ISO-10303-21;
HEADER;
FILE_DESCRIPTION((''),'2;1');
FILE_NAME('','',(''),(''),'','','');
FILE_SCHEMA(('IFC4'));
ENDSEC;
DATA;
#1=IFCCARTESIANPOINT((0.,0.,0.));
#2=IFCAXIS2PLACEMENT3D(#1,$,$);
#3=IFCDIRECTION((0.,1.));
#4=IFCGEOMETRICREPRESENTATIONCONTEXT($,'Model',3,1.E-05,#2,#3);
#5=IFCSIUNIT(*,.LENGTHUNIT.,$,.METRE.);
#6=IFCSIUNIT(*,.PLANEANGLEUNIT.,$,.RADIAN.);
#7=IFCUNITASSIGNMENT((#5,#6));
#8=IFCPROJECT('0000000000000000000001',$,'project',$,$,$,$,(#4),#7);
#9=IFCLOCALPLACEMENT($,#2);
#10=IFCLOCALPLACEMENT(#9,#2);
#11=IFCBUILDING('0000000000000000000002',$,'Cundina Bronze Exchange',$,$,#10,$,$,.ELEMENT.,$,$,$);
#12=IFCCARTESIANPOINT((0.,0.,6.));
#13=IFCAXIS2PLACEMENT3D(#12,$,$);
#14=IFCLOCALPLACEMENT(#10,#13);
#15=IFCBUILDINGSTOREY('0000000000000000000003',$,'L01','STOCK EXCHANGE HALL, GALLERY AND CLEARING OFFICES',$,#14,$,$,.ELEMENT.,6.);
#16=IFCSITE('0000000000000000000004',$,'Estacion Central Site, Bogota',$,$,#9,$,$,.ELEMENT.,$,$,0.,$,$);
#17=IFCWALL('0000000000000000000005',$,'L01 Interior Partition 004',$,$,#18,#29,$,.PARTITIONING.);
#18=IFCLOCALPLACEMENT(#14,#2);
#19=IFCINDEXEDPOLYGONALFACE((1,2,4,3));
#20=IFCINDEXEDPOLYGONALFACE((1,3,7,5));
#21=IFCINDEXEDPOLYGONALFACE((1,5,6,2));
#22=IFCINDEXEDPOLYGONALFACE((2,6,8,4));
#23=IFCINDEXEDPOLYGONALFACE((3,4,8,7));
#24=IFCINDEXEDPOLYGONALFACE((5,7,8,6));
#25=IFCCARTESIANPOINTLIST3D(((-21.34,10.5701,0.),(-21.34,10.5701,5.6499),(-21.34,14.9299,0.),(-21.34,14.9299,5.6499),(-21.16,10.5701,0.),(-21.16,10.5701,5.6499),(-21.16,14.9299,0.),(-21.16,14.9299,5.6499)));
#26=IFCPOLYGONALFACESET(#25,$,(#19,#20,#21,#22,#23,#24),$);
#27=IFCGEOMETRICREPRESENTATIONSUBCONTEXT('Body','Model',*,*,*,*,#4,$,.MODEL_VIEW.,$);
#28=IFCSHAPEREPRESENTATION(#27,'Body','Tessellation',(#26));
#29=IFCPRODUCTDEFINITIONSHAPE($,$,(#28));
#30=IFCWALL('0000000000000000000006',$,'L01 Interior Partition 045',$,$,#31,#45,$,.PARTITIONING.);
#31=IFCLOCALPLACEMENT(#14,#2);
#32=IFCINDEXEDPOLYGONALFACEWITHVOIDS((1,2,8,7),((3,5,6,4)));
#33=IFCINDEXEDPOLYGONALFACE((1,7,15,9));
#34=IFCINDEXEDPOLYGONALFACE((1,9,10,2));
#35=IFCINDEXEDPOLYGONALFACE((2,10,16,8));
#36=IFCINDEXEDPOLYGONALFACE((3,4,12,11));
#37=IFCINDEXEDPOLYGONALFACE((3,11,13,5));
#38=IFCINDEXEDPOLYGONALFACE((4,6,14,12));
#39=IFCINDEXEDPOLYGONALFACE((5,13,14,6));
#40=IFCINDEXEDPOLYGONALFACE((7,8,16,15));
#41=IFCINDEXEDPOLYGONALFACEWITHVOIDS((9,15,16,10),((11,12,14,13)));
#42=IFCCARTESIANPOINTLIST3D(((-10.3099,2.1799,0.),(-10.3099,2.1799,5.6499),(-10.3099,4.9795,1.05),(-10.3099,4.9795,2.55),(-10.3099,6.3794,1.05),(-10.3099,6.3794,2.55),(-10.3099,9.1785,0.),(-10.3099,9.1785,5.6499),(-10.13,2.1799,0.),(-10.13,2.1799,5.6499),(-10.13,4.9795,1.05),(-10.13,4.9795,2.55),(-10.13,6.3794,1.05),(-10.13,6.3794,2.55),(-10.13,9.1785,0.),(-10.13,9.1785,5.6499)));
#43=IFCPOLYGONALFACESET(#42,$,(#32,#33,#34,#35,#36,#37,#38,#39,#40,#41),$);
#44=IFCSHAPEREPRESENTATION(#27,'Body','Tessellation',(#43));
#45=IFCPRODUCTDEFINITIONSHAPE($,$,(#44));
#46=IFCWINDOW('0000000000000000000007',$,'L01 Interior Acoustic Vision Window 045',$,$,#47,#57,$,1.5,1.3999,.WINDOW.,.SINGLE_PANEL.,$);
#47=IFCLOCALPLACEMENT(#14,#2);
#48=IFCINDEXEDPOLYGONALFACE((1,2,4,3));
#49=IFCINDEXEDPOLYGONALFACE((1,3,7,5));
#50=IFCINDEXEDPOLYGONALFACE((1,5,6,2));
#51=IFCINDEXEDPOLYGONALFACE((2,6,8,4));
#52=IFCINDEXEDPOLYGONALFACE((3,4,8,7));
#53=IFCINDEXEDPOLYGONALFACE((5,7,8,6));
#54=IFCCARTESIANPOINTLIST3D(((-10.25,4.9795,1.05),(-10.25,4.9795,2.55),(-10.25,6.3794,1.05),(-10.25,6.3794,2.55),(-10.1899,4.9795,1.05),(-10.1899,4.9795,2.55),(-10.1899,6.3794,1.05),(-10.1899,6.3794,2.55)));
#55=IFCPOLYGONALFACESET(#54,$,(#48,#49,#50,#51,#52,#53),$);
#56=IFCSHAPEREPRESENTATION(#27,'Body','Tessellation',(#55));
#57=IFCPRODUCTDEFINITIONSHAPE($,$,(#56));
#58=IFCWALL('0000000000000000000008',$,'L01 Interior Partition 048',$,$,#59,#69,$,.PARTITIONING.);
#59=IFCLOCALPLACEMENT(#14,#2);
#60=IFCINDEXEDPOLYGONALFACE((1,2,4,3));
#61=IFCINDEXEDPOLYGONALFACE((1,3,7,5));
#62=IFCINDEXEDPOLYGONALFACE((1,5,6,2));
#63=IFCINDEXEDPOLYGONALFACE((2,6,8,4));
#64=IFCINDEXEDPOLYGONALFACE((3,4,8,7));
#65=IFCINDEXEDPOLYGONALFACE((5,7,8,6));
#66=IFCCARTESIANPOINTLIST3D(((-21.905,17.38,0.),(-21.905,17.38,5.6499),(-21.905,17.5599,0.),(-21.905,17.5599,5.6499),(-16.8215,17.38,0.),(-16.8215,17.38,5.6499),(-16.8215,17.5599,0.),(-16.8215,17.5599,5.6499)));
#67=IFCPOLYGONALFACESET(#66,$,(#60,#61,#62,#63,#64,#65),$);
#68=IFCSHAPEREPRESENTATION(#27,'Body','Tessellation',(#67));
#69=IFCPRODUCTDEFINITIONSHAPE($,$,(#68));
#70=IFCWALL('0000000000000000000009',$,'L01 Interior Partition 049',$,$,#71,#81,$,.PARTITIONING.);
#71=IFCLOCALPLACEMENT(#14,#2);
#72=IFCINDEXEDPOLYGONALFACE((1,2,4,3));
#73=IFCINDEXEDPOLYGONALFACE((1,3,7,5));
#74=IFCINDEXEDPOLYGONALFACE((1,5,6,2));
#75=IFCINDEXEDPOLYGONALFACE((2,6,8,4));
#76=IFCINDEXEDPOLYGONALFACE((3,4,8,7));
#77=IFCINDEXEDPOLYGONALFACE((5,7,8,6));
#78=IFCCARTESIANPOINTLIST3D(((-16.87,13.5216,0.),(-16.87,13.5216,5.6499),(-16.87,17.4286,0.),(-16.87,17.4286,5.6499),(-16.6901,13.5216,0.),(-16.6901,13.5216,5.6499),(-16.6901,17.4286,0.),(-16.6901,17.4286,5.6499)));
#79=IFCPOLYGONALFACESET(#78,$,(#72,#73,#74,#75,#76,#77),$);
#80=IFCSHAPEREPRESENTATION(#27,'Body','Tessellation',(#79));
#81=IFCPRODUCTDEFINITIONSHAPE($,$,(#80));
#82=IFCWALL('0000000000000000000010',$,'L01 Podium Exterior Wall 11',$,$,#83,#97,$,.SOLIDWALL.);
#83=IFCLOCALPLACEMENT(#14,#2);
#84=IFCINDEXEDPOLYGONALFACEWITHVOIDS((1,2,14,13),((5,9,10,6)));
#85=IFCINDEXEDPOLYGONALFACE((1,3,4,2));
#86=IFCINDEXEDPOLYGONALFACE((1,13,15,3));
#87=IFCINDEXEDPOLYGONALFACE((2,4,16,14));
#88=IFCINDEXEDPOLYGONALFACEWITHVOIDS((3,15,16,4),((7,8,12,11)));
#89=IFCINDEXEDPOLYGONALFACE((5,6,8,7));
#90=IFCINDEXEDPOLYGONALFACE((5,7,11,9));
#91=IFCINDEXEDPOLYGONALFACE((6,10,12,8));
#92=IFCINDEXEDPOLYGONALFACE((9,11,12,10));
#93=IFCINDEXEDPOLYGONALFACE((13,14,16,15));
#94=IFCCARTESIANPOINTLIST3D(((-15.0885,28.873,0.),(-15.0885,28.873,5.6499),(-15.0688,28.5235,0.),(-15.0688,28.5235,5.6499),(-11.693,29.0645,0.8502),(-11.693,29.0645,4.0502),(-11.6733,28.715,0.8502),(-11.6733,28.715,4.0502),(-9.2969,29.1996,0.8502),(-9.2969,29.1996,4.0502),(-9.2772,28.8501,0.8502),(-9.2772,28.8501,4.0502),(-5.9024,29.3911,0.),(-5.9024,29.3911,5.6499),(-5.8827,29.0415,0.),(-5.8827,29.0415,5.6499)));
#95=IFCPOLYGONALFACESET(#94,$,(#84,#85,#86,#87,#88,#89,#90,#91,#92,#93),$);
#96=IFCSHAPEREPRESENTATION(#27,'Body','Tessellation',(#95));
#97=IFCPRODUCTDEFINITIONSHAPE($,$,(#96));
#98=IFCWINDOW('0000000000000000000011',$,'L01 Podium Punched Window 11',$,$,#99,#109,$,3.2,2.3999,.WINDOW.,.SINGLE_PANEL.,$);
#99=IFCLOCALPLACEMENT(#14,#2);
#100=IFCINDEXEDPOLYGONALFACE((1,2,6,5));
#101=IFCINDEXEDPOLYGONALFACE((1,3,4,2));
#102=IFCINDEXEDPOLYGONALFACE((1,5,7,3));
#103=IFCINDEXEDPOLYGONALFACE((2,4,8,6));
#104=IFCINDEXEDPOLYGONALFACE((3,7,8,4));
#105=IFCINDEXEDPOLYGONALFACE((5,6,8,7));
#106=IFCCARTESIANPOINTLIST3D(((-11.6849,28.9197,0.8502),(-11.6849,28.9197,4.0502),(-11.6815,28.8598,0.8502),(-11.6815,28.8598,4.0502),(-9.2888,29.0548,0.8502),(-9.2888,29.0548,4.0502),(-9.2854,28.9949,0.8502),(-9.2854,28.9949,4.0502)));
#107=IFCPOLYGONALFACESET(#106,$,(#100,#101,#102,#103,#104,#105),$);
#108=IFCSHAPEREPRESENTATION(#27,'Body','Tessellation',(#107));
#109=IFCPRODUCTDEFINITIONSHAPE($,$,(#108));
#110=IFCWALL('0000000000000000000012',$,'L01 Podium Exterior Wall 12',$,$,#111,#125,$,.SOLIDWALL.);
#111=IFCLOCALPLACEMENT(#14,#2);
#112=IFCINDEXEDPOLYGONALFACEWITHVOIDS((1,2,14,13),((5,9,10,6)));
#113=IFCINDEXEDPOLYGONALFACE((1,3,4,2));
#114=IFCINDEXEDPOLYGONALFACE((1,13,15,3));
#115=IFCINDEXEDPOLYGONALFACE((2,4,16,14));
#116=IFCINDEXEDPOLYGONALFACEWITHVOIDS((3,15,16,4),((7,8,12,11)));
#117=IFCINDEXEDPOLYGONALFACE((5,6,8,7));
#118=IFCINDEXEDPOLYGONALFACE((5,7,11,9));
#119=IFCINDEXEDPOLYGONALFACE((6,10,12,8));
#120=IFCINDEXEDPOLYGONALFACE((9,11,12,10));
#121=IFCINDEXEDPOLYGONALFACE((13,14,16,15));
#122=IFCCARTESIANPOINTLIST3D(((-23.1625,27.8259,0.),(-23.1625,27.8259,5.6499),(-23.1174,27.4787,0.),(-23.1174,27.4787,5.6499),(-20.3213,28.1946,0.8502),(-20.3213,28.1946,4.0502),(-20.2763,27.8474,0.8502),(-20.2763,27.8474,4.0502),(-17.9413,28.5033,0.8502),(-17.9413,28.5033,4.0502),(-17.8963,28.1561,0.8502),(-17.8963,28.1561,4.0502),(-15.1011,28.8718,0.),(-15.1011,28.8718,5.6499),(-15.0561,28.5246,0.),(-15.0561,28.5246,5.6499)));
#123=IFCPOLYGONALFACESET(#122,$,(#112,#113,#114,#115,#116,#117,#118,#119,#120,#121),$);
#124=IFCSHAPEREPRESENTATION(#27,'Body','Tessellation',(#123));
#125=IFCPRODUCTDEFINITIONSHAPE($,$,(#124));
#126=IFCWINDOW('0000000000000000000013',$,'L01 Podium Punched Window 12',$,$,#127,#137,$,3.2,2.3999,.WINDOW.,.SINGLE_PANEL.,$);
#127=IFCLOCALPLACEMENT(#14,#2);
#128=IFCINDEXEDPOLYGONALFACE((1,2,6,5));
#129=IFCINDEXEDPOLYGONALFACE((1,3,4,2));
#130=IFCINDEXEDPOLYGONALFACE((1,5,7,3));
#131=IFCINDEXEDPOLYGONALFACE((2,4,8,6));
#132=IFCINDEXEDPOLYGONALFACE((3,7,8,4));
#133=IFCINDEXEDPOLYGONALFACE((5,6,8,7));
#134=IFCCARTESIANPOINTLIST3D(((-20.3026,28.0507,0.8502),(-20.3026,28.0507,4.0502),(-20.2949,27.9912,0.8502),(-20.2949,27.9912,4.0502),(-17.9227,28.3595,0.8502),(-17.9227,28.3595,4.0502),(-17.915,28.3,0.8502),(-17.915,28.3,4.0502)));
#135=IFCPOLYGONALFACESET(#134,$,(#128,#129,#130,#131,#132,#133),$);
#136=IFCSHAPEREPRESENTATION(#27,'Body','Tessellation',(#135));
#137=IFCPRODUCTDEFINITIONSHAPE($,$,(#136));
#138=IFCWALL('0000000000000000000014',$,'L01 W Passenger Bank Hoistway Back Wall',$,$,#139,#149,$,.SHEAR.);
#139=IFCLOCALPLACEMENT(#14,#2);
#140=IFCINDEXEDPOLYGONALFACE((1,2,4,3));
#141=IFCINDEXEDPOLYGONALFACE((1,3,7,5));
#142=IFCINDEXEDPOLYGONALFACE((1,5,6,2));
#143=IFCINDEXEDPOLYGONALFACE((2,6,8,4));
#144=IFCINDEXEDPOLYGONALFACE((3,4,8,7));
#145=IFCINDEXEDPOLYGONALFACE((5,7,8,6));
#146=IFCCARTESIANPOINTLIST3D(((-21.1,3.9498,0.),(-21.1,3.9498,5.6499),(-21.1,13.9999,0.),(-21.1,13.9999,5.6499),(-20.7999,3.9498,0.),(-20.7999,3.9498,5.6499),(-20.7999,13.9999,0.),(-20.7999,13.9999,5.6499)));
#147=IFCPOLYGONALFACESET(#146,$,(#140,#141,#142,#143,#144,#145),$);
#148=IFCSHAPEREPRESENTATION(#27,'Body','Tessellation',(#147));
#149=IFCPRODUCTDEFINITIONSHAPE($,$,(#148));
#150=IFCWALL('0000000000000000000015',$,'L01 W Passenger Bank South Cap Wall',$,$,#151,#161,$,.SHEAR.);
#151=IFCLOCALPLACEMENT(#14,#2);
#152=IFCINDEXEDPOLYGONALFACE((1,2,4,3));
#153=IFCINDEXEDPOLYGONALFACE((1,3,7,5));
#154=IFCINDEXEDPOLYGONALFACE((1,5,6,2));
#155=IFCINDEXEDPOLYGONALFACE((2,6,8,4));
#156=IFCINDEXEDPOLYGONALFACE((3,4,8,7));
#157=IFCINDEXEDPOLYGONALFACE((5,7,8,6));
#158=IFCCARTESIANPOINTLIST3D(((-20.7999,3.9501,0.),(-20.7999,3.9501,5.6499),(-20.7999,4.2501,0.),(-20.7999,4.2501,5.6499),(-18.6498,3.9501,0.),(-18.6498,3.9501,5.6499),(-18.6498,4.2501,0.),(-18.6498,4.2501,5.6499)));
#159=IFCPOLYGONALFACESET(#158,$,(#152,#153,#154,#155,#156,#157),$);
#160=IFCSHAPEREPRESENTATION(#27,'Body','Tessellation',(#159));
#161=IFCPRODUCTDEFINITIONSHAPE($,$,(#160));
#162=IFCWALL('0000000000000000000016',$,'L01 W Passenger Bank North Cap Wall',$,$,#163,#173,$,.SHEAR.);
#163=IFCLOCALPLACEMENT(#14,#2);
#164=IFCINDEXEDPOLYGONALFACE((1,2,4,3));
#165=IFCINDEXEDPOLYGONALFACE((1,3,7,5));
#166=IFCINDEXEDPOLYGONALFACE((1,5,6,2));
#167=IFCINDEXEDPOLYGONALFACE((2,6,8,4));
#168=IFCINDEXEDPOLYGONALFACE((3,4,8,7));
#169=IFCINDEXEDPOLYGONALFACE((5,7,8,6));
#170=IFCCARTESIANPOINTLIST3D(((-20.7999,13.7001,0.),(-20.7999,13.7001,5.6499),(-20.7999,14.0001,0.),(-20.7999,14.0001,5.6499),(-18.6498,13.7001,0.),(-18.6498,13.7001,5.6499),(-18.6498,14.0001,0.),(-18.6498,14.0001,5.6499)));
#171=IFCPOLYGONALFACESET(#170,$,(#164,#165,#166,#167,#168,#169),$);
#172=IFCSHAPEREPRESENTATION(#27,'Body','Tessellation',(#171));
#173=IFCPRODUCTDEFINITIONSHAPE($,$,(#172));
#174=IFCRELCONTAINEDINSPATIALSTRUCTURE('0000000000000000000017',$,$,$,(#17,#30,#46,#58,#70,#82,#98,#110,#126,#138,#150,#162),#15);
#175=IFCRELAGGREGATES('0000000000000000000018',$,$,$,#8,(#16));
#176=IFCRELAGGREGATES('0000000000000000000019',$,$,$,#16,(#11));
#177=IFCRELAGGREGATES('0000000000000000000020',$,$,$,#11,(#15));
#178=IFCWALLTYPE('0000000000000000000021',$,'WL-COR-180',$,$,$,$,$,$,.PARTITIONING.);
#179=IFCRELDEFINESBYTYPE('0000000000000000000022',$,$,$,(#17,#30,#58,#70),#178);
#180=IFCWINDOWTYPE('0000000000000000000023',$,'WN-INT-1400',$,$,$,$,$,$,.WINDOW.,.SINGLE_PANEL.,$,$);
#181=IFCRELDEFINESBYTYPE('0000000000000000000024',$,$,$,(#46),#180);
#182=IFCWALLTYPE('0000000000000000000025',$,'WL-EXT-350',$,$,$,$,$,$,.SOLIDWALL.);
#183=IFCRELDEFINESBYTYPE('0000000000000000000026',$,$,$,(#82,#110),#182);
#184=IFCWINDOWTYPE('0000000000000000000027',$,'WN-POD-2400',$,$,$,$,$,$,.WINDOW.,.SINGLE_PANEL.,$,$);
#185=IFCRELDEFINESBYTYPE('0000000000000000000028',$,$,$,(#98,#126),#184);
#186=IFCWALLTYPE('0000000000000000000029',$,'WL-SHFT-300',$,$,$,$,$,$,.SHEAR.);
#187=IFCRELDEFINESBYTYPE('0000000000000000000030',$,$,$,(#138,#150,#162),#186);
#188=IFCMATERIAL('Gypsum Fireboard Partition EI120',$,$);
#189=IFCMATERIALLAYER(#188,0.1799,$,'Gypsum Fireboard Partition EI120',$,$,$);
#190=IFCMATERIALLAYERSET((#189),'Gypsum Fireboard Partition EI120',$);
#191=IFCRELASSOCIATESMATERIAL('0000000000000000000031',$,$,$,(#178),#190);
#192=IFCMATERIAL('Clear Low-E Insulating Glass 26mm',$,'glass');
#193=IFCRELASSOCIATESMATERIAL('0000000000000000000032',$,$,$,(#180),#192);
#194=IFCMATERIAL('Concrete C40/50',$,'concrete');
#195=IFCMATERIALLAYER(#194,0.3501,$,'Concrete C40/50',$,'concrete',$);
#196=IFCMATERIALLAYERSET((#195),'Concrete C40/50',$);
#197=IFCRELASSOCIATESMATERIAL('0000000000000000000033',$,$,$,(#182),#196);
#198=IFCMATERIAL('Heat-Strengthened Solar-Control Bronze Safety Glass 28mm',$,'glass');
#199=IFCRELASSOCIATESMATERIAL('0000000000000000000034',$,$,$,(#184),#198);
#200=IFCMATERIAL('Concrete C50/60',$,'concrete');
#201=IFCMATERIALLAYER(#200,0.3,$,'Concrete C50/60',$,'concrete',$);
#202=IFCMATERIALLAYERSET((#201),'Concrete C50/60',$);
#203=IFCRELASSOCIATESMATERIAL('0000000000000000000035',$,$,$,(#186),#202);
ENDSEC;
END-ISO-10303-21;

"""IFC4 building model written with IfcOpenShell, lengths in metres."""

from ifc_helpers import new_model, si_unit, direction, frame, frame_2d, origin, place, context, subcontext, project, spatial, rectangle, extrude, material, layer, layer_set, type_object, element, fill, save


model = new_model("IFC4")

# Units and contexts
model_context = context("Model", 3, precision=1e-05, world=origin(), true_north=direction((0.0, 1.0)))
body_context = subcontext(model_context, "Body", "Model", "MODEL_VIEW")
ifc_project = project(units=[si_unit("LENGTHUNIT", "METRE"), si_unit("PLANEANGLEUNIT", "RADIAN")], contexts=[model_context])

# Site, building, storey
site_placement = place(None, origin())
site = spatial("IfcSite", under=ifc_project, at=site_placement, Name="Estacion Central Site, Bogota", CompositionType="ELEMENT", RefElevation=0.0)
building_placement = place(site_placement, origin())
building = spatial("IfcBuilding", under=site, at=building_placement, Name="Cundina Bronze Exchange", CompositionType="ELEMENT")
storey_placement = place(building_placement, frame((0.0, 0.0, 6.0)))
storey = spatial("IfcBuildingStorey", under=building, at=storey_placement, Name="L01", Description="STOCK EXCHANGE HALL, GALLERY AND CLEARING OFFICES", CompositionType="ELEMENT", Elevation=6.0)

# Wall
ifc_material_1 = material(Name="Gypsum Fireboard Partition EI120")
ifc_layer_1 = layer(ifc_material_1, 0.1799, Name="Gypsum Fireboard Partition EI120")
ifc_layer_set_1 = layer_set([ifc_layer_1], Name="Gypsum Fireboard Partition EI120")
wall_type_1 = type_object("IfcWallType", Name="WL-COR-180", PredefinedType="PARTITIONING", material=ifc_layer_set_1)
wall_1_placement = place(storey_placement, frame((-21.25, 10.5701, 0.0), z_axis=(0.0, 0.0, 1.0), x_axis=(0.0, 1.0, 0.0)))
element("IfcWall", 1, at=wall_1_placement, inside=storey, type_object=wall_type_1, Name="L01 Interior Partition 004", PredefinedType="PARTITIONING", context=body_context, shape_type="SweptSolid", body=[
    extrude(rectangle(XDim=4.3599, YDim=0.1799, at=frame_2d((2.1799, 0.0))), origin(), (0.0, 0.0, 1.0), 5.6499),
])

# Wall, opening, window
wall_2_placement = place(storey_placement, frame((-10.22, 9.1785, 0.0), z_axis=(0.0, 0.0, 1.0), x_axis=(0.0, -1.0, 0.0)))
wall_2 = element("IfcWall", 2, at=wall_2_placement, inside=storey, type_object=wall_type_1, Name="L01 Interior Partition 045", PredefinedType="PARTITIONING", context=body_context, shape_type="SweptSolid", body=[
    extrude(rectangle(XDim=6.9985, YDim=0.1799, at=frame_2d((3.4993, 0.0))), origin(), (0.0, 0.0, 1.0), 5.6499),
])
opening_1_placement = place(wall_2_placement, frame((2.7991, 0.0, 1.05)))
opening_1 = element("IfcOpeningElement", 3, at=opening_1_placement, cuts=wall_2, PredefinedType="OPENING", context=body_context, shape_type="SweptSolid", body=[
    extrude(rectangle(XDim=1.3999, YDim=1.5, at=frame_2d((0.7, 0.75))), frame((0.0, 0.0999, 0.0), z_axis=(0.0, -1.0, 0.0), x_axis=(1.0, 0.0, 0.0)), (0.0, 0.0, 1.0), 0.2),
])
ifc_material_2 = material(Name="Clear Low-E Insulating Glass 26mm", Category="glass")
window_type_1 = type_object("IfcWindowType", Name="WN-INT-1400", PartitioningType="SINGLE_PANEL", PredefinedType="WINDOW", material=ifc_material_2)
window_1_placement = place(opening_1_placement, origin())
window_1 = element("IfcWindow", 4, at=window_1_placement, inside=storey, type_object=window_type_1, Name="L01 Interior Acoustic Vision Window 045", OverallHeight=1.5, OverallWidth=1.3999, PartitioningType="SINGLE_PANEL", PredefinedType="WINDOW", context=body_context, shape_type="SweptSolid", body=[
    extrude(rectangle(XDim=1.3999, YDim=1.5, at=frame_2d((0.7, 0.75))), frame((0.0, 0.03, 0.0), z_axis=(0.0, -1.0, 0.0), x_axis=(1.0, 0.0, 0.0)), (0.0, 0.0, 1.0), 0.0601),
])
fill(opening_1, window_1)

# Walls
wall_3_placement = place(storey_placement, frame((-16.8215, 17.47, 0.0), z_axis=(0.0, 0.0, 1.0), x_axis=(-1.0, 0.0, 0.0)))
element("IfcWall", 5, at=wall_3_placement, inside=storey, type_object=wall_type_1, Name="L01 Interior Partition 048", PredefinedType="PARTITIONING", context=body_context, shape_type="SweptSolid", body=[
    extrude(rectangle(XDim=5.0835, YDim=0.1799, at=frame_2d((2.5417, 0.0))), origin(), (0.0, 0.0, 1.0), 5.6499),
])
wall_4_placement = place(storey_placement, frame((-16.78, 13.5215, 0.0), z_axis=(0.0, 0.0, 1.0), x_axis=(0.0, 1.0, 0.0)))
element("IfcWall", 6, at=wall_4_placement, inside=storey, type_object=wall_type_1, Name="L01 Interior Partition 049", PredefinedType="PARTITIONING", context=body_context, shape_type="SweptSolid", body=[
    extrude(rectangle(XDim=3.907, YDim=0.1799, at=frame_2d((1.9536, 0.0))), origin(), (0.0, 0.0, 1.0), 5.6499),
])

# Walls, openings, windows
ifc_material_3 = material(Name="Concrete C40/50", Category="concrete")
ifc_layer_2 = layer(ifc_material_3, 0.3501, Name="Concrete C40/50", Category="concrete")
ifc_layer_set_2 = layer_set([ifc_layer_2], Name="Concrete C40/50")
wall_type_2 = type_object("IfcWallType", Name="WL-EXT-350", PredefinedType="SOLIDWALL", material=ifc_layer_set_2)
wall_5_placement = place(storey_placement, frame((-5.8926, 29.2163, 0.0), z_axis=(0.0, 0.0, 1.0), x_axis=(-0.998413, -0.056308, 0.0)))
wall_5 = element("IfcWall", 7, at=wall_5_placement, inside=storey, type_object=wall_type_2, Name="L01 Podium Exterior Wall 11", PredefinedType="SOLIDWALL", context=body_context, shape_type="SweptSolid", body=[
    extrude(rectangle(XDim=9.2007, YDim=0.3501, at=frame_2d((4.6003, 0.0))), origin(), (0.0, 0.0, 1.0), 5.6499),
])
opening_2_placement = place(wall_5_placement, frame((3.3999, 0.0, 0.8501)))
opening_2 = element("IfcOpeningElement", 8, at=opening_2_placement, cuts=wall_5, PredefinedType="OPENING", context=body_context, shape_type="SweptSolid", body=[
    extrude(rectangle(XDim=2.3999, YDim=3.2, at=frame_2d((1.2, 1.6001))), frame((0.0, 0.1851, 0.0), z_axis=(0.0, -1.0, 0.0), x_axis=(1.0, 0.0, 0.0)), (0.0, 0.0, 1.0), 0.3701),
])
ifc_material_4 = material(Name="Heat-Strengthened Solar-Control Bronze Safety Glass 28mm", Category="glass")
window_type_2 = type_object("IfcWindowType", Name="WN-POD-2400", PartitioningType="SINGLE_PANEL", PredefinedType="WINDOW", material=ifc_material_4)
window_2_placement = place(opening_2_placement, origin())
window_2 = element("IfcWindow", 9, at=window_2_placement, inside=storey, type_object=window_type_2, Name="L01 Podium Punched Window 11", OverallHeight=3.2, OverallWidth=2.3999, PartitioningType="SINGLE_PANEL", PredefinedType="WINDOW", context=body_context, shape_type="SweptSolid", body=[
    extrude(rectangle(XDim=2.3999, YDim=3.2, at=frame_2d((1.2, 1.6001))), frame((0.0, 0.03, 0.0), z_axis=(0.0, -1.0, 0.0), x_axis=(1.0, 0.0, 0.0)), (0.0, 0.0, 1.0), 0.0601),
])
fill(opening_2, window_2)
wall_6_placement = place(storey_placement, frame((-15.0786, 28.6982, 0.0), z_axis=(0.0, 0.0, 1.0), x_axis=(-0.991688, -0.128665, 0.0)))
wall_6 = element("IfcWall", 10, at=wall_6_placement, inside=storey, type_object=wall_type_2, Name="L01 Podium Exterior Wall 12", PredefinedType="SOLIDWALL", context=body_context, shape_type="SweptSolid", body=[
    extrude(rectangle(XDim=8.1289, YDim=0.3501, at=frame_2d((4.0645, 0.0))), origin(), (0.0, 0.0, 1.0), 5.6499),
])
opening_3_placement = place(wall_6_placement, frame((2.864, 0.0, 0.8501)))
opening_3 = element("IfcOpeningElement", 11, at=opening_3_placement, cuts=wall_6, PredefinedType="OPENING", context=body_context, shape_type="SweptSolid", body=[
    extrude(rectangle(XDim=2.3999, YDim=3.2, at=frame_2d((1.2, 1.6001))), frame((0.0, 0.1851, 0.0), z_axis=(0.0, -1.0, 0.0), x_axis=(1.0, 0.0, 0.0)), (0.0, 0.0, 1.0), 0.3701),
])
window_3_placement = place(opening_3_placement, origin())
window_3 = element("IfcWindow", 12, at=window_3_placement, inside=storey, type_object=window_type_2, Name="L01 Podium Punched Window 12", OverallHeight=3.2, OverallWidth=2.3999, PartitioningType="SINGLE_PANEL", PredefinedType="WINDOW", context=body_context, shape_type="SweptSolid", body=[
    extrude(rectangle(XDim=2.3999, YDim=3.2, at=frame_2d((1.2, 1.6001))), frame((0.0, 0.03, 0.0), z_axis=(0.0, -1.0, 0.0), x_axis=(1.0, 0.0, 0.0)), (0.0, 0.0, 1.0), 0.0601),
])
fill(opening_3, window_3)

# Walls
ifc_material_5 = material(Name="Concrete C50/60", Category="concrete")
ifc_layer_3 = layer(ifc_material_5, 0.3, Name="Concrete C50/60", Category="concrete")
ifc_layer_set_3 = layer_set([ifc_layer_3], Name="Concrete C50/60")
wall_type_3 = type_object("IfcWallType", Name="WL-SHFT-300", PredefinedType="SHEAR", material=ifc_layer_set_3)
wall_7_placement = place(storey_placement, frame((-20.95, 3.95, 0.0), z_axis=(0.0, 0.0, 1.0), x_axis=(0.0, 1.0, 0.0)))
element("IfcWall", 13, at=wall_7_placement, inside=storey, type_object=wall_type_3, Name="L01 W Passenger Bank Hoistway Back Wall", PredefinedType="SHEAR", context=body_context, shape_type="SweptSolid", body=[
    extrude(rectangle(XDim=10.05, YDim=0.3, at=frame_2d((5.0249, 0.0))), origin(), (0.0, 0.0, 1.0), 5.6499),
])
for number, where, z_axis, x_axis, name in (
    (14, (-20.8, 4.1001, 0.0), (0.0, 0.0, 1.0), (1.0, 0.0, 0.0), "L01 W Passenger Bank South Cap Wall"),
    (15, (-20.8, 13.8501, 0.0), (0.0, 0.0, 1.0), (1.0, 0.0, 0.0), "L01 W Passenger Bank North Cap Wall"),
):
    element("IfcWall", number, at=place(storey_placement, frame(where, z_axis=z_axis, x_axis=x_axis)), inside=storey, type_object=wall_type_3, Name=name, PredefinedType="SHEAR", context=body_context, shape_type="SweptSolid", body=[
        extrude(rectangle(XDim=2.1501, YDim=0.3, at=frame_2d((1.0752, 0.0))), origin(), (0.0, 0.0, 1.0), 5.6499),
    ])

save(model, "model.ifc")
